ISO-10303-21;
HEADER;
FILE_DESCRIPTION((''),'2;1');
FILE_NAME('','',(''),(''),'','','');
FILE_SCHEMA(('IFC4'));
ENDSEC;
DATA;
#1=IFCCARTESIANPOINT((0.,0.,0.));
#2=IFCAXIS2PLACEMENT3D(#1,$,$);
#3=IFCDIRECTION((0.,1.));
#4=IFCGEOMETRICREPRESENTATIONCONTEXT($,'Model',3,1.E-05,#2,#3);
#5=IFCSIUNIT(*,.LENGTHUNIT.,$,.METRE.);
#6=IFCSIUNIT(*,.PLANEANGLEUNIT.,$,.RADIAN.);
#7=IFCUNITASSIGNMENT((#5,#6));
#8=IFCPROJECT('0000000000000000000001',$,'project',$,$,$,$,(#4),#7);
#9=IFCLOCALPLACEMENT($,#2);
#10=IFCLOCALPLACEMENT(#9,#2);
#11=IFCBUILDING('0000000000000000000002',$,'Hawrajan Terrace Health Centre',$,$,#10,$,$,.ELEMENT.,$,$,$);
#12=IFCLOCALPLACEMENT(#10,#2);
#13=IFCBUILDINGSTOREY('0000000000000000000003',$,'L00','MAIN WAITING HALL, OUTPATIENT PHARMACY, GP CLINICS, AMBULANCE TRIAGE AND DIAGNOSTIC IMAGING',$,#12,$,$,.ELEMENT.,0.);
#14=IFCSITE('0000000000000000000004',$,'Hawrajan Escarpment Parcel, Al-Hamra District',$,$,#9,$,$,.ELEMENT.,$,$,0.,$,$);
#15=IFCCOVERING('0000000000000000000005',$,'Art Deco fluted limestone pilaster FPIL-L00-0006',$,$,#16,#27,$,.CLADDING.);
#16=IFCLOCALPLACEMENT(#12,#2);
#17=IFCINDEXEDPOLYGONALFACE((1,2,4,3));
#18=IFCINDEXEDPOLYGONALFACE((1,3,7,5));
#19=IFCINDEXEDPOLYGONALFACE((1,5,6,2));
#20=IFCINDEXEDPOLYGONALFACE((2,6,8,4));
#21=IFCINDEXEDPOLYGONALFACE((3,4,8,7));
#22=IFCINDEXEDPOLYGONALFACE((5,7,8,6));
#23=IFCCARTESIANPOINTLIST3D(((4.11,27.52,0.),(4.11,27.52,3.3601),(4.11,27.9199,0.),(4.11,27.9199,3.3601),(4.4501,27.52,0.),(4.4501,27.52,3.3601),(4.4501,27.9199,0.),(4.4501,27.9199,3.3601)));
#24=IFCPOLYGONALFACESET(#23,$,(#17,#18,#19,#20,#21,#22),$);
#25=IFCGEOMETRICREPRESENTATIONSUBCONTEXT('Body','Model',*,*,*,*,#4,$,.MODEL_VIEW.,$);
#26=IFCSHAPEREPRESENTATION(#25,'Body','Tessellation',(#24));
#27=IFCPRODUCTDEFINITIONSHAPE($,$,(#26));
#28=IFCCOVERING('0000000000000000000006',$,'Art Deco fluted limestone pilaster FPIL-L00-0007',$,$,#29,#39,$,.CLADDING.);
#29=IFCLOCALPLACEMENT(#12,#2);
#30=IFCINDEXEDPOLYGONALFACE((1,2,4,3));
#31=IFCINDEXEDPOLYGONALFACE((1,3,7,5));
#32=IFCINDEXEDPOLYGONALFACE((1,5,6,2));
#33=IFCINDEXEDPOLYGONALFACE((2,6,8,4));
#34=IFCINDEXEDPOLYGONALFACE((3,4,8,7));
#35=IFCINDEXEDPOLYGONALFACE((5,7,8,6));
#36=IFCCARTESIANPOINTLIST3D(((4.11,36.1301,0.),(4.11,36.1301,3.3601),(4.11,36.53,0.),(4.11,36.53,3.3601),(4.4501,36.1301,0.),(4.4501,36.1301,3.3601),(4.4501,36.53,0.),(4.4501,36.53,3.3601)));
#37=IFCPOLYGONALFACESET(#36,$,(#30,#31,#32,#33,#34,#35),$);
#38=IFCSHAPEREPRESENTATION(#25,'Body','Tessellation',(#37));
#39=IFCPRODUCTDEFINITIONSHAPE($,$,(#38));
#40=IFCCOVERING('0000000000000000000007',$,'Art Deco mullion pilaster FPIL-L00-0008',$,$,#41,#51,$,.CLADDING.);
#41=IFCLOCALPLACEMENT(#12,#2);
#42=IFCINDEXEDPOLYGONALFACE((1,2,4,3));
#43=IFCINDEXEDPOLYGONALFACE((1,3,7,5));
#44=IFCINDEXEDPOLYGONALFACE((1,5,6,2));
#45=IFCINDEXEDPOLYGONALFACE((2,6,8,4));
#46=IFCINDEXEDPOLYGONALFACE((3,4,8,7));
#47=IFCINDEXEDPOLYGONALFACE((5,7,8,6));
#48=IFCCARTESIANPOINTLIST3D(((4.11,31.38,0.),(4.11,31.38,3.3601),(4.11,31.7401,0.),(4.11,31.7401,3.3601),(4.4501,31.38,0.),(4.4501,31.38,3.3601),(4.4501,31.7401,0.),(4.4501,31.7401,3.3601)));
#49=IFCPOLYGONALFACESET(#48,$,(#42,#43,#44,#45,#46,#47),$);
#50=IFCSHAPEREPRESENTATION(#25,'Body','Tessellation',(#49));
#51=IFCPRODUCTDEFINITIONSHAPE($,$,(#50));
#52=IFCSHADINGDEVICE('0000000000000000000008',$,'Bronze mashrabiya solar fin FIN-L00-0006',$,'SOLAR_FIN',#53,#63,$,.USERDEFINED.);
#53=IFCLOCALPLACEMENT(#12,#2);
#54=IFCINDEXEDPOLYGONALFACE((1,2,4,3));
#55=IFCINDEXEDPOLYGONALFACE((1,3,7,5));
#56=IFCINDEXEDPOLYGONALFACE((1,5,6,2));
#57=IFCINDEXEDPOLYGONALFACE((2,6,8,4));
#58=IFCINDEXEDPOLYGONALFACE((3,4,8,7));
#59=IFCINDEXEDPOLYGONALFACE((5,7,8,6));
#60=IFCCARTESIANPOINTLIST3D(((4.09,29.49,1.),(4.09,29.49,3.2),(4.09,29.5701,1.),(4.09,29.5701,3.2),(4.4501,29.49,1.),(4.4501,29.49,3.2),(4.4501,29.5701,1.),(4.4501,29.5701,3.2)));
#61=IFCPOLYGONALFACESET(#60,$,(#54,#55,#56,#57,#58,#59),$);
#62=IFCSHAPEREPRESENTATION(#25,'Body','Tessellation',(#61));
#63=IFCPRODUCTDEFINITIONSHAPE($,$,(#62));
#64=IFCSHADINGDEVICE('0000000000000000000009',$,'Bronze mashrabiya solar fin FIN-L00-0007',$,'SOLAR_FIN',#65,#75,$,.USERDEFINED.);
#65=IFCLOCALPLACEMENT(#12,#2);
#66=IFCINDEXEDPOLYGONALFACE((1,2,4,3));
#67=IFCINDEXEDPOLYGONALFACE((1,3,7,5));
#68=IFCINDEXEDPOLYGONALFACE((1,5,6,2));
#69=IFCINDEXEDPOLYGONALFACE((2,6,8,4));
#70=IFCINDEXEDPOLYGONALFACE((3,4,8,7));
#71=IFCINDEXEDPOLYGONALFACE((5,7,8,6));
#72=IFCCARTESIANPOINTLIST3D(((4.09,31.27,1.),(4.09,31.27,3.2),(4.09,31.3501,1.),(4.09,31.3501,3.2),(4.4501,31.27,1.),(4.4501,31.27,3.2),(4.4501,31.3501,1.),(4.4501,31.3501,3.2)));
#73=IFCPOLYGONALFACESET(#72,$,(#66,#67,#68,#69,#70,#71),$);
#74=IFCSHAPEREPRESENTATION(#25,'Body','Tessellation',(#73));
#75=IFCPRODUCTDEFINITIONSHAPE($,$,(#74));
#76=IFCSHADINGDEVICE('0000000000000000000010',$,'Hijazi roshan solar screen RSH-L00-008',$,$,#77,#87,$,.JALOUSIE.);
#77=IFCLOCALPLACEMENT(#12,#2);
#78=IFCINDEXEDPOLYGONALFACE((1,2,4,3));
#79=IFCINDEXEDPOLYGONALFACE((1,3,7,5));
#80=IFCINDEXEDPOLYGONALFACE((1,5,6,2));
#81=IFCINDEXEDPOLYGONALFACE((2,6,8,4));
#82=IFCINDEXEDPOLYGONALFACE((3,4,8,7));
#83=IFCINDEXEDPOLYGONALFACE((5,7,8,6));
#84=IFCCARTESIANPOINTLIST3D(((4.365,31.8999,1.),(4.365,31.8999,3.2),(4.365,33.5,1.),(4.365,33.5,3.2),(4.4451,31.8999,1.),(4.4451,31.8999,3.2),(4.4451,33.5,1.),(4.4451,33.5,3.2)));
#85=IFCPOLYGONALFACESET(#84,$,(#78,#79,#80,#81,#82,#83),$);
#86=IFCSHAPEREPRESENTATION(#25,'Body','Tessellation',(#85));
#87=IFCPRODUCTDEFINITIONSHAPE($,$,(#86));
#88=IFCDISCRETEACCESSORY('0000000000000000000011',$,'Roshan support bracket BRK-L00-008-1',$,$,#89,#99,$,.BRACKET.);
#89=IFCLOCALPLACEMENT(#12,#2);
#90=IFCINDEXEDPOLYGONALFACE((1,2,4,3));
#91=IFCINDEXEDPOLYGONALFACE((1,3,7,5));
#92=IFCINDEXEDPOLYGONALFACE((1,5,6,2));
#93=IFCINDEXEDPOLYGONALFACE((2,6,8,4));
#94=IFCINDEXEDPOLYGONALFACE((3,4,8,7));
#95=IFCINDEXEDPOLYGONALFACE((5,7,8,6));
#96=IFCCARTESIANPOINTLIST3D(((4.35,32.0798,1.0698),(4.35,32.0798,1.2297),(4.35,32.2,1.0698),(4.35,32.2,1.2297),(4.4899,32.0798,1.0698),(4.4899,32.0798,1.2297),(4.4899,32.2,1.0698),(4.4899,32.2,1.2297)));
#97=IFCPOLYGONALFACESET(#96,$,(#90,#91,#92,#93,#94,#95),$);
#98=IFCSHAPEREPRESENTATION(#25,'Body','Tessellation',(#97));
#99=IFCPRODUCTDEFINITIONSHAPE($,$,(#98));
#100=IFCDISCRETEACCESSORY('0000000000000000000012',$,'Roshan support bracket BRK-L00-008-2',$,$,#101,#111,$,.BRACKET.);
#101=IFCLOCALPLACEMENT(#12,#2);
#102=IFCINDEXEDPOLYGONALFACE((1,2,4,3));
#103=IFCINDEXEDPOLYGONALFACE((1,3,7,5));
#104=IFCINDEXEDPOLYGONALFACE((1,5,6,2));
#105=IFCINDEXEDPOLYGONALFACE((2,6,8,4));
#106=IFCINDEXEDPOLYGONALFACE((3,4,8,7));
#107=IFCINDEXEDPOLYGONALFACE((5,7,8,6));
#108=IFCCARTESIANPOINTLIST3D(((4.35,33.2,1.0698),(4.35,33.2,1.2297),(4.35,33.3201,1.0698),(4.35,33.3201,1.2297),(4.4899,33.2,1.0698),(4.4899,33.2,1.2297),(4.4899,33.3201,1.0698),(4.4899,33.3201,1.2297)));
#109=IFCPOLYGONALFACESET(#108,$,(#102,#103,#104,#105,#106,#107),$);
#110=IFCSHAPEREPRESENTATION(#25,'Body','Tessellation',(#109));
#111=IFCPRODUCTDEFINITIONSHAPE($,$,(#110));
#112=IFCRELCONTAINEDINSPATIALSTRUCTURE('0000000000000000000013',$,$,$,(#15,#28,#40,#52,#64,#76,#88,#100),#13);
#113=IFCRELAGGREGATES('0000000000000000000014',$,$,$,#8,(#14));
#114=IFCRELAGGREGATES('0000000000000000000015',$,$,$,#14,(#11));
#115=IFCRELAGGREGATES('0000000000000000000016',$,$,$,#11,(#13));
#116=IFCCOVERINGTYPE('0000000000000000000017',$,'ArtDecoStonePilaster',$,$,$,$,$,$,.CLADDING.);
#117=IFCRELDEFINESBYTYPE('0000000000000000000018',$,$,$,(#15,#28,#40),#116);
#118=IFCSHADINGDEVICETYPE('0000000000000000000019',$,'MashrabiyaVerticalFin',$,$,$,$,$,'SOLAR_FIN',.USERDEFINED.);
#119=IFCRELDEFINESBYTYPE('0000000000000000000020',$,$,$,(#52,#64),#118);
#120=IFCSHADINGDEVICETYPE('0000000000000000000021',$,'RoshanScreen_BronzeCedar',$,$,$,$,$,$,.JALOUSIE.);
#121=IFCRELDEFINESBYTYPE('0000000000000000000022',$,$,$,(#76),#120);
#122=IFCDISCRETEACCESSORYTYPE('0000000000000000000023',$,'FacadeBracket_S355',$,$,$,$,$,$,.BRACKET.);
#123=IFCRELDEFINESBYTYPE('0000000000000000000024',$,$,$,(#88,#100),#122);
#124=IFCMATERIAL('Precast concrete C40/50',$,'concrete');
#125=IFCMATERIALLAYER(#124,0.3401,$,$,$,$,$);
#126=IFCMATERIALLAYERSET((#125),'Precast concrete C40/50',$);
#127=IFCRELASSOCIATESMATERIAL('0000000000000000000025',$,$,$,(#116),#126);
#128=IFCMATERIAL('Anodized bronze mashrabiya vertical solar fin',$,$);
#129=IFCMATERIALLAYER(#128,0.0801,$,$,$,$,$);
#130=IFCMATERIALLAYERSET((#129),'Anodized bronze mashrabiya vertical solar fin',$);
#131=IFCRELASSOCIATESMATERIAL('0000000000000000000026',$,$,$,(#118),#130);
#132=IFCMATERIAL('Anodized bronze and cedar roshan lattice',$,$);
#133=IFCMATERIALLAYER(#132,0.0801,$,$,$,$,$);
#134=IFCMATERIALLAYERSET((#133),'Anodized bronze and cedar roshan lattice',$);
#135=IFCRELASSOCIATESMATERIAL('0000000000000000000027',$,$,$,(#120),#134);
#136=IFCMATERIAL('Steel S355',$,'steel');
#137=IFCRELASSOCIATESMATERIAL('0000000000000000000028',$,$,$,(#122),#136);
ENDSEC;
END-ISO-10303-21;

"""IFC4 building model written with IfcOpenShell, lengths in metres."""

from ifc_helpers import new_model, si_unit, direction, frame, origin, origin_2d, place, context, subcontext, project, spatial, rectangle, extrude, material, layer, layer_set, type_object, element, save


model = new_model("IFC4")

# Units and contexts
model_context = context("Model", 3, precision=1e-05, world=origin(), true_north=direction((0.0, 1.0)))
body_context = subcontext(model_context, "Body", "Model", "MODEL_VIEW")
ifc_project = project(units=[si_unit("LENGTHUNIT", "METRE"), si_unit("PLANEANGLEUNIT", "RADIAN")], contexts=[model_context])

# Site, building, storey
site_placement = place(None, origin())
site = spatial("IfcSite", under=ifc_project, at=site_placement, Name="Hawrajan Escarpment Parcel, Al-Hamra District", CompositionType="ELEMENT", RefElevation=0.0)
building_placement = place(site_placement, origin())
building = spatial("IfcBuilding", under=site, at=building_placement, Name="Hawrajan Terrace Health Centre", CompositionType="ELEMENT")
storey_placement = place(building_placement, origin())
storey = spatial("IfcBuildingStorey", under=building, at=storey_placement, Name="L00", Description="MAIN WAITING HALL, OUTPATIENT PHARMACY, GP CLINICS, AMBULANCE TRIAGE AND DIAGNOSTIC IMAGING", CompositionType="ELEMENT", Elevation=0.0)

# Shared definitions
ifc_material_1 = material(Name="Steel S355", Category="steel")

# Shared definitions
ifc_material_2 = material(Name="Precast concrete C40/50", Category="concrete")

# Coverings
ifc_layer_1 = layer(ifc_material_2, 0.3401)
ifc_layer_set_1 = layer_set([ifc_layer_1], Name="Precast concrete C40/50")
covering_type_1 = type_object("IfcCoveringType", Name="ArtDecoStonePilaster", PredefinedType="CLADDING", material=ifc_layer_set_1)
for number, where, z_axis, x_axis, name in (
    (1, (4.28, 27.72, 0.0), (0.0, 0.0, 1.0), (0.0, 1.0, 0.0), "Art Deco fluted limestone pilaster FPIL-L00-0006"),
    (2, (4.28, 36.3301, 0.0), (0.0, 0.0, 1.0), (0.0, 1.0, 0.0), "Art Deco fluted limestone pilaster FPIL-L00-0007"),
):
    element("IfcCovering", number, at=place(storey_placement, frame(where, z_axis=z_axis, x_axis=x_axis)), inside=storey, type_object=covering_type_1, Name=name, PredefinedType="CLADDING", context=body_context, shape_type="SweptSolid", body=[
        extrude(rectangle(XDim=0.3999, YDim=0.3401, at=origin_2d()), origin(), (0.0, 0.0, 1.0), 3.3601),
    ])
covering_1_placement = place(storey_placement, frame((4.28, 31.5601, 0.0), z_axis=(0.0, 0.0, 1.0), x_axis=(0.0, 1.0, 0.0)))
element("IfcCovering", 3, at=covering_1_placement, inside=storey, type_object=covering_type_1, Name="Art Deco mullion pilaster FPIL-L00-0008", PredefinedType="CLADDING", context=body_context, shape_type="SweptSolid", body=[
    extrude(rectangle(XDim=0.3601, YDim=0.3401, at=origin_2d()), origin(), (0.0, 0.0, 1.0), 3.3601),
])

# Shading devices
ifc_material_3 = material(Name="Anodized bronze mashrabiya vertical solar fin")
ifc_layer_2 = layer(ifc_material_3, 0.0801)
ifc_layer_set_2 = layer_set([ifc_layer_2], Name="Anodized bronze mashrabiya vertical solar fin")
shading_device_type_1 = type_object("IfcShadingDeviceType", Name="MashrabiyaVerticalFin", ElementType="SOLAR_FIN", PredefinedType="USERDEFINED", material=ifc_layer_set_2)
for number, where, z_axis, x_axis, name in (
    (4, (4.27, 29.53, 1.0), (0.0, 0.0, 1.0), (0.0, 1.0, 0.0), "Bronze mashrabiya solar fin FIN-L00-0006"),
    (5, (4.27, 31.3101, 1.0), (0.0, 0.0, 1.0), (0.0, 1.0, 0.0), "Bronze mashrabiya solar fin FIN-L00-0007"),
):
    element("IfcShadingDevice", number, at=place(storey_placement, frame(where, z_axis=z_axis, x_axis=x_axis)), inside=storey, type_object=shading_device_type_1, Name=name, ObjectType="SOLAR_FIN", PredefinedType="USERDEFINED", context=body_context, shape_type="SweptSolid", body=[
        extrude(rectangle(XDim=0.0801, YDim=0.3601, at=origin_2d()), origin(), (0.0, 0.0, 1.0), 2.2),
    ])
ifc_material_4 = material(Name="Anodized bronze and cedar roshan lattice")
ifc_layer_3 = layer(ifc_material_4, 0.0801)
ifc_layer_set_3 = layer_set([ifc_layer_3], Name="Anodized bronze and cedar roshan lattice")
shading_device_type_2 = type_object("IfcShadingDeviceType", Name="RoshanScreen_BronzeCedar", PredefinedType="JALOUSIE", material=ifc_layer_set_3)
shading_device_placement = place(storey_placement, frame((4.405, 32.7, 1.0), z_axis=(0.0, 0.0, 1.0), x_axis=(0.0, 1.0, 0.0)))
element("IfcShadingDevice", 6, at=shading_device_placement, inside=storey, type_object=shading_device_type_2, Name="Hijazi roshan solar screen RSH-L00-008", PredefinedType="JALOUSIE", context=body_context, shape_type="SweptSolid", body=[
    extrude(rectangle(XDim=1.6001, YDim=0.0801, at=origin_2d()), origin(), (0.0, 0.0, 1.0), 2.2),
])

# Discrete accessories
discrete_accessory_type = type_object("IfcDiscreteAccessoryType", Name="FacadeBracket_S355", PredefinedType="BRACKET", material=ifc_material_1)
for number, where, z_axis, x_axis, name in (
    (7, (4.4199, 32.1399, 1.0698), (0.0, 0.0, 1.0), (0.0, 1.0, 0.0), "Roshan support bracket BRK-L00-008-1"),
    (8, (4.4199, 33.26, 1.0698), (0.0, 0.0, 1.0), (0.0, 1.0, 0.0), "Roshan support bracket BRK-L00-008-2"),
):
    element("IfcDiscreteAccessory", number, at=place(storey_placement, frame(where, z_axis=z_axis, x_axis=x_axis)), inside=storey, type_object=discrete_accessory_type, Name=name, PredefinedType="BRACKET", context=body_context, shape_type="SweptSolid", body=[
        extrude(rectangle(XDim=0.1201, YDim=0.1399, at=origin_2d()), origin(), (0.0, 0.0, 1.0), 0.1599),
    ])

save(model, "model.ifc")
